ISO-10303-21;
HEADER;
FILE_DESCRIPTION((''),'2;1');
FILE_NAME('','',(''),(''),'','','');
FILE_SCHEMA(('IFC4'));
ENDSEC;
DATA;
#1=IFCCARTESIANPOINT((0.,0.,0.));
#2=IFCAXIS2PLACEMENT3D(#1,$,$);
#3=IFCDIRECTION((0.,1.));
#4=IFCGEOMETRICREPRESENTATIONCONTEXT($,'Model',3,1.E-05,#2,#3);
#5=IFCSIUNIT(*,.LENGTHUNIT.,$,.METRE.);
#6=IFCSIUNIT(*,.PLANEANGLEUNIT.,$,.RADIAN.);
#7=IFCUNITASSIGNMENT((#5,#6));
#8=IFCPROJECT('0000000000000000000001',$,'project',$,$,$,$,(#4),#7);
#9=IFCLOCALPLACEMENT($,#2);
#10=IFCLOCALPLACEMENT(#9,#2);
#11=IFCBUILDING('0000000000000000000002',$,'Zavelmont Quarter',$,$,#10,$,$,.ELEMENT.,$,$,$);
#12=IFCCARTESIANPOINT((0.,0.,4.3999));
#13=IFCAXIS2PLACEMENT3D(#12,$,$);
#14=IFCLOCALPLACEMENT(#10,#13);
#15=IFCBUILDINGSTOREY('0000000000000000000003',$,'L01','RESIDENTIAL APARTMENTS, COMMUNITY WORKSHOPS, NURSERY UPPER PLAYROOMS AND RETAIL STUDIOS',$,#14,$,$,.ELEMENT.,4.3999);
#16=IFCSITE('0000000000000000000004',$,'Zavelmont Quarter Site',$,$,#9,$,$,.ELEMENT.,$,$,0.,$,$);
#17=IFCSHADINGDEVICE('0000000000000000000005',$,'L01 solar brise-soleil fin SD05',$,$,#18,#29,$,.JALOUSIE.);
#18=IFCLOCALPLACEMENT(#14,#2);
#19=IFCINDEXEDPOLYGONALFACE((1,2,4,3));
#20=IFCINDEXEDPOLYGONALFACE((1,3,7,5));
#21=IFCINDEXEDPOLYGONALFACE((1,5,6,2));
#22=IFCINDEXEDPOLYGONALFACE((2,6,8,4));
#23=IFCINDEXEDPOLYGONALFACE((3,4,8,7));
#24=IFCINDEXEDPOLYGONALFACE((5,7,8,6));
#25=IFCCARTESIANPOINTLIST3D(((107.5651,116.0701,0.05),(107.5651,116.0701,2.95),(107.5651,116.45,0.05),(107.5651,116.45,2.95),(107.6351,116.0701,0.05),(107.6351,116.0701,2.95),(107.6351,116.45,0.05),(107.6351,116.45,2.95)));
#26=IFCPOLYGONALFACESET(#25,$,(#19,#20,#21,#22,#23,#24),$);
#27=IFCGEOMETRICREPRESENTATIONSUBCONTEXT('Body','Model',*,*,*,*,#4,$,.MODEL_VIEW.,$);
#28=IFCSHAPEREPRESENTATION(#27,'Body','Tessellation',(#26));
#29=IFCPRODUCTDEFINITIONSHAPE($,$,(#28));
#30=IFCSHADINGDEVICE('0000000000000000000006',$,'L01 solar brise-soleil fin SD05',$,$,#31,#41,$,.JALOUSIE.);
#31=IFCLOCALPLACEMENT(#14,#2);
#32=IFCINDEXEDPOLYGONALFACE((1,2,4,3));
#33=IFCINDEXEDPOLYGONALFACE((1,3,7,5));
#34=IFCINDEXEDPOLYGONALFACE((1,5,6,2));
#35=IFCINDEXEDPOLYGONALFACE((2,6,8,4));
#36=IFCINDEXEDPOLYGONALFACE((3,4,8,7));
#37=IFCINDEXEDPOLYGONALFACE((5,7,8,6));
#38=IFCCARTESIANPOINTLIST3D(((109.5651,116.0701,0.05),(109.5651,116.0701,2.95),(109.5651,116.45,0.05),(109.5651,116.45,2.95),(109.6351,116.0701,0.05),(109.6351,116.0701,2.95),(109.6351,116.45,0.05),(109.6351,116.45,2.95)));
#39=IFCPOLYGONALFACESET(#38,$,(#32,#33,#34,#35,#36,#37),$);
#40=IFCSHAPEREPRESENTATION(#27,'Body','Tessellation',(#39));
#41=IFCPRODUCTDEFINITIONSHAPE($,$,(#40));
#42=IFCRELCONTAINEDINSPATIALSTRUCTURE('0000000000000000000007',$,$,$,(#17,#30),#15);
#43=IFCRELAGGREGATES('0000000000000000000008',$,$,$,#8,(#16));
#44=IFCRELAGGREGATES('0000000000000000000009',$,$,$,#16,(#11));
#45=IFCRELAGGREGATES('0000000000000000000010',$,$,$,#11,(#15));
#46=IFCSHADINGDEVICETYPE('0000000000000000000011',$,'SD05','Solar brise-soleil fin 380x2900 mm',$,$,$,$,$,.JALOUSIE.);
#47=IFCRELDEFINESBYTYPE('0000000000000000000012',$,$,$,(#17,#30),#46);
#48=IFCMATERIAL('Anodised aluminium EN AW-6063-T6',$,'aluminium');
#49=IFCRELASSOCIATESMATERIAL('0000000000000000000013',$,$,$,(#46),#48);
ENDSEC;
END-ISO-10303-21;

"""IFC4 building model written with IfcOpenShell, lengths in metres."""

from ifc_helpers import new_model, si_unit, direction, frame, origin, origin_2d, place, context, subcontext, project, spatial, rectangle, extrude, material, type_object, element, save


model = new_model("IFC4")

# Units and contexts
model_context = context("Model", 3, precision=1e-05, world=origin(), true_north=direction((0.0, 1.0)))
body_context = subcontext(model_context, "Body", "Model", "MODEL_VIEW")
ifc_project = project(units=[si_unit("LENGTHUNIT", "METRE"), si_unit("PLANEANGLEUNIT", "RADIAN")], contexts=[model_context])

# Site, building, storey
site_placement = place(None, origin())
site = spatial("IfcSite", under=ifc_project, at=site_placement, Name="Zavelmont Quarter Site", CompositionType="ELEMENT", RefElevation=0.0)
building_placement = place(site_placement, origin())
building = spatial("IfcBuilding", under=site, at=building_placement, Name="Zavelmont Quarter", CompositionType="ELEMENT")
storey_placement = place(building_placement, frame((0.0, 0.0, 4.3999)))
storey = spatial("IfcBuildingStorey", under=building, at=storey_placement, Name="L01", Description="RESIDENTIAL APARTMENTS, COMMUNITY WORKSHOPS, NURSERY UPPER PLAYROOMS AND RETAIL STUDIOS", CompositionType="ELEMENT", Elevation=4.3999)

# Shading devices
ifc_material_1 = material(Name="Anodised aluminium EN AW-6063-T6", Category="aluminium")
shading_device_type = type_object("IfcShadingDeviceType", Name="SD05", Description="Solar brise-soleil fin 380x2900 mm", PredefinedType="JALOUSIE", material=ifc_material_1)
for number, where, z_axis, x_axis, name in (
    (1, (107.6001, 116.26, 0.05), (0.0, 0.0, 1.0), (1.0, 0.0, 0.0), "L01 solar brise-soleil fin SD05"),
    (2, (109.6001, 116.26, 0.05), (0.0, 0.0, 1.0), (1.0, 0.0, 0.0), "L01 solar brise-soleil fin SD05"),
):
    element("IfcShadingDevice", number, at=place(storey_placement, frame(where, z_axis=z_axis, x_axis=x_axis)), inside=storey, type_object=shading_device_type, Name=name, PredefinedType="JALOUSIE", context=body_context, shape_type="SweptSolid", body=[
        extrude(rectangle(XDim=0.0701, YDim=0.3799, at=origin_2d()), origin(), (0.0, 0.0, 1.0), 2.8999),
    ])

save(model, "model.ifc")
